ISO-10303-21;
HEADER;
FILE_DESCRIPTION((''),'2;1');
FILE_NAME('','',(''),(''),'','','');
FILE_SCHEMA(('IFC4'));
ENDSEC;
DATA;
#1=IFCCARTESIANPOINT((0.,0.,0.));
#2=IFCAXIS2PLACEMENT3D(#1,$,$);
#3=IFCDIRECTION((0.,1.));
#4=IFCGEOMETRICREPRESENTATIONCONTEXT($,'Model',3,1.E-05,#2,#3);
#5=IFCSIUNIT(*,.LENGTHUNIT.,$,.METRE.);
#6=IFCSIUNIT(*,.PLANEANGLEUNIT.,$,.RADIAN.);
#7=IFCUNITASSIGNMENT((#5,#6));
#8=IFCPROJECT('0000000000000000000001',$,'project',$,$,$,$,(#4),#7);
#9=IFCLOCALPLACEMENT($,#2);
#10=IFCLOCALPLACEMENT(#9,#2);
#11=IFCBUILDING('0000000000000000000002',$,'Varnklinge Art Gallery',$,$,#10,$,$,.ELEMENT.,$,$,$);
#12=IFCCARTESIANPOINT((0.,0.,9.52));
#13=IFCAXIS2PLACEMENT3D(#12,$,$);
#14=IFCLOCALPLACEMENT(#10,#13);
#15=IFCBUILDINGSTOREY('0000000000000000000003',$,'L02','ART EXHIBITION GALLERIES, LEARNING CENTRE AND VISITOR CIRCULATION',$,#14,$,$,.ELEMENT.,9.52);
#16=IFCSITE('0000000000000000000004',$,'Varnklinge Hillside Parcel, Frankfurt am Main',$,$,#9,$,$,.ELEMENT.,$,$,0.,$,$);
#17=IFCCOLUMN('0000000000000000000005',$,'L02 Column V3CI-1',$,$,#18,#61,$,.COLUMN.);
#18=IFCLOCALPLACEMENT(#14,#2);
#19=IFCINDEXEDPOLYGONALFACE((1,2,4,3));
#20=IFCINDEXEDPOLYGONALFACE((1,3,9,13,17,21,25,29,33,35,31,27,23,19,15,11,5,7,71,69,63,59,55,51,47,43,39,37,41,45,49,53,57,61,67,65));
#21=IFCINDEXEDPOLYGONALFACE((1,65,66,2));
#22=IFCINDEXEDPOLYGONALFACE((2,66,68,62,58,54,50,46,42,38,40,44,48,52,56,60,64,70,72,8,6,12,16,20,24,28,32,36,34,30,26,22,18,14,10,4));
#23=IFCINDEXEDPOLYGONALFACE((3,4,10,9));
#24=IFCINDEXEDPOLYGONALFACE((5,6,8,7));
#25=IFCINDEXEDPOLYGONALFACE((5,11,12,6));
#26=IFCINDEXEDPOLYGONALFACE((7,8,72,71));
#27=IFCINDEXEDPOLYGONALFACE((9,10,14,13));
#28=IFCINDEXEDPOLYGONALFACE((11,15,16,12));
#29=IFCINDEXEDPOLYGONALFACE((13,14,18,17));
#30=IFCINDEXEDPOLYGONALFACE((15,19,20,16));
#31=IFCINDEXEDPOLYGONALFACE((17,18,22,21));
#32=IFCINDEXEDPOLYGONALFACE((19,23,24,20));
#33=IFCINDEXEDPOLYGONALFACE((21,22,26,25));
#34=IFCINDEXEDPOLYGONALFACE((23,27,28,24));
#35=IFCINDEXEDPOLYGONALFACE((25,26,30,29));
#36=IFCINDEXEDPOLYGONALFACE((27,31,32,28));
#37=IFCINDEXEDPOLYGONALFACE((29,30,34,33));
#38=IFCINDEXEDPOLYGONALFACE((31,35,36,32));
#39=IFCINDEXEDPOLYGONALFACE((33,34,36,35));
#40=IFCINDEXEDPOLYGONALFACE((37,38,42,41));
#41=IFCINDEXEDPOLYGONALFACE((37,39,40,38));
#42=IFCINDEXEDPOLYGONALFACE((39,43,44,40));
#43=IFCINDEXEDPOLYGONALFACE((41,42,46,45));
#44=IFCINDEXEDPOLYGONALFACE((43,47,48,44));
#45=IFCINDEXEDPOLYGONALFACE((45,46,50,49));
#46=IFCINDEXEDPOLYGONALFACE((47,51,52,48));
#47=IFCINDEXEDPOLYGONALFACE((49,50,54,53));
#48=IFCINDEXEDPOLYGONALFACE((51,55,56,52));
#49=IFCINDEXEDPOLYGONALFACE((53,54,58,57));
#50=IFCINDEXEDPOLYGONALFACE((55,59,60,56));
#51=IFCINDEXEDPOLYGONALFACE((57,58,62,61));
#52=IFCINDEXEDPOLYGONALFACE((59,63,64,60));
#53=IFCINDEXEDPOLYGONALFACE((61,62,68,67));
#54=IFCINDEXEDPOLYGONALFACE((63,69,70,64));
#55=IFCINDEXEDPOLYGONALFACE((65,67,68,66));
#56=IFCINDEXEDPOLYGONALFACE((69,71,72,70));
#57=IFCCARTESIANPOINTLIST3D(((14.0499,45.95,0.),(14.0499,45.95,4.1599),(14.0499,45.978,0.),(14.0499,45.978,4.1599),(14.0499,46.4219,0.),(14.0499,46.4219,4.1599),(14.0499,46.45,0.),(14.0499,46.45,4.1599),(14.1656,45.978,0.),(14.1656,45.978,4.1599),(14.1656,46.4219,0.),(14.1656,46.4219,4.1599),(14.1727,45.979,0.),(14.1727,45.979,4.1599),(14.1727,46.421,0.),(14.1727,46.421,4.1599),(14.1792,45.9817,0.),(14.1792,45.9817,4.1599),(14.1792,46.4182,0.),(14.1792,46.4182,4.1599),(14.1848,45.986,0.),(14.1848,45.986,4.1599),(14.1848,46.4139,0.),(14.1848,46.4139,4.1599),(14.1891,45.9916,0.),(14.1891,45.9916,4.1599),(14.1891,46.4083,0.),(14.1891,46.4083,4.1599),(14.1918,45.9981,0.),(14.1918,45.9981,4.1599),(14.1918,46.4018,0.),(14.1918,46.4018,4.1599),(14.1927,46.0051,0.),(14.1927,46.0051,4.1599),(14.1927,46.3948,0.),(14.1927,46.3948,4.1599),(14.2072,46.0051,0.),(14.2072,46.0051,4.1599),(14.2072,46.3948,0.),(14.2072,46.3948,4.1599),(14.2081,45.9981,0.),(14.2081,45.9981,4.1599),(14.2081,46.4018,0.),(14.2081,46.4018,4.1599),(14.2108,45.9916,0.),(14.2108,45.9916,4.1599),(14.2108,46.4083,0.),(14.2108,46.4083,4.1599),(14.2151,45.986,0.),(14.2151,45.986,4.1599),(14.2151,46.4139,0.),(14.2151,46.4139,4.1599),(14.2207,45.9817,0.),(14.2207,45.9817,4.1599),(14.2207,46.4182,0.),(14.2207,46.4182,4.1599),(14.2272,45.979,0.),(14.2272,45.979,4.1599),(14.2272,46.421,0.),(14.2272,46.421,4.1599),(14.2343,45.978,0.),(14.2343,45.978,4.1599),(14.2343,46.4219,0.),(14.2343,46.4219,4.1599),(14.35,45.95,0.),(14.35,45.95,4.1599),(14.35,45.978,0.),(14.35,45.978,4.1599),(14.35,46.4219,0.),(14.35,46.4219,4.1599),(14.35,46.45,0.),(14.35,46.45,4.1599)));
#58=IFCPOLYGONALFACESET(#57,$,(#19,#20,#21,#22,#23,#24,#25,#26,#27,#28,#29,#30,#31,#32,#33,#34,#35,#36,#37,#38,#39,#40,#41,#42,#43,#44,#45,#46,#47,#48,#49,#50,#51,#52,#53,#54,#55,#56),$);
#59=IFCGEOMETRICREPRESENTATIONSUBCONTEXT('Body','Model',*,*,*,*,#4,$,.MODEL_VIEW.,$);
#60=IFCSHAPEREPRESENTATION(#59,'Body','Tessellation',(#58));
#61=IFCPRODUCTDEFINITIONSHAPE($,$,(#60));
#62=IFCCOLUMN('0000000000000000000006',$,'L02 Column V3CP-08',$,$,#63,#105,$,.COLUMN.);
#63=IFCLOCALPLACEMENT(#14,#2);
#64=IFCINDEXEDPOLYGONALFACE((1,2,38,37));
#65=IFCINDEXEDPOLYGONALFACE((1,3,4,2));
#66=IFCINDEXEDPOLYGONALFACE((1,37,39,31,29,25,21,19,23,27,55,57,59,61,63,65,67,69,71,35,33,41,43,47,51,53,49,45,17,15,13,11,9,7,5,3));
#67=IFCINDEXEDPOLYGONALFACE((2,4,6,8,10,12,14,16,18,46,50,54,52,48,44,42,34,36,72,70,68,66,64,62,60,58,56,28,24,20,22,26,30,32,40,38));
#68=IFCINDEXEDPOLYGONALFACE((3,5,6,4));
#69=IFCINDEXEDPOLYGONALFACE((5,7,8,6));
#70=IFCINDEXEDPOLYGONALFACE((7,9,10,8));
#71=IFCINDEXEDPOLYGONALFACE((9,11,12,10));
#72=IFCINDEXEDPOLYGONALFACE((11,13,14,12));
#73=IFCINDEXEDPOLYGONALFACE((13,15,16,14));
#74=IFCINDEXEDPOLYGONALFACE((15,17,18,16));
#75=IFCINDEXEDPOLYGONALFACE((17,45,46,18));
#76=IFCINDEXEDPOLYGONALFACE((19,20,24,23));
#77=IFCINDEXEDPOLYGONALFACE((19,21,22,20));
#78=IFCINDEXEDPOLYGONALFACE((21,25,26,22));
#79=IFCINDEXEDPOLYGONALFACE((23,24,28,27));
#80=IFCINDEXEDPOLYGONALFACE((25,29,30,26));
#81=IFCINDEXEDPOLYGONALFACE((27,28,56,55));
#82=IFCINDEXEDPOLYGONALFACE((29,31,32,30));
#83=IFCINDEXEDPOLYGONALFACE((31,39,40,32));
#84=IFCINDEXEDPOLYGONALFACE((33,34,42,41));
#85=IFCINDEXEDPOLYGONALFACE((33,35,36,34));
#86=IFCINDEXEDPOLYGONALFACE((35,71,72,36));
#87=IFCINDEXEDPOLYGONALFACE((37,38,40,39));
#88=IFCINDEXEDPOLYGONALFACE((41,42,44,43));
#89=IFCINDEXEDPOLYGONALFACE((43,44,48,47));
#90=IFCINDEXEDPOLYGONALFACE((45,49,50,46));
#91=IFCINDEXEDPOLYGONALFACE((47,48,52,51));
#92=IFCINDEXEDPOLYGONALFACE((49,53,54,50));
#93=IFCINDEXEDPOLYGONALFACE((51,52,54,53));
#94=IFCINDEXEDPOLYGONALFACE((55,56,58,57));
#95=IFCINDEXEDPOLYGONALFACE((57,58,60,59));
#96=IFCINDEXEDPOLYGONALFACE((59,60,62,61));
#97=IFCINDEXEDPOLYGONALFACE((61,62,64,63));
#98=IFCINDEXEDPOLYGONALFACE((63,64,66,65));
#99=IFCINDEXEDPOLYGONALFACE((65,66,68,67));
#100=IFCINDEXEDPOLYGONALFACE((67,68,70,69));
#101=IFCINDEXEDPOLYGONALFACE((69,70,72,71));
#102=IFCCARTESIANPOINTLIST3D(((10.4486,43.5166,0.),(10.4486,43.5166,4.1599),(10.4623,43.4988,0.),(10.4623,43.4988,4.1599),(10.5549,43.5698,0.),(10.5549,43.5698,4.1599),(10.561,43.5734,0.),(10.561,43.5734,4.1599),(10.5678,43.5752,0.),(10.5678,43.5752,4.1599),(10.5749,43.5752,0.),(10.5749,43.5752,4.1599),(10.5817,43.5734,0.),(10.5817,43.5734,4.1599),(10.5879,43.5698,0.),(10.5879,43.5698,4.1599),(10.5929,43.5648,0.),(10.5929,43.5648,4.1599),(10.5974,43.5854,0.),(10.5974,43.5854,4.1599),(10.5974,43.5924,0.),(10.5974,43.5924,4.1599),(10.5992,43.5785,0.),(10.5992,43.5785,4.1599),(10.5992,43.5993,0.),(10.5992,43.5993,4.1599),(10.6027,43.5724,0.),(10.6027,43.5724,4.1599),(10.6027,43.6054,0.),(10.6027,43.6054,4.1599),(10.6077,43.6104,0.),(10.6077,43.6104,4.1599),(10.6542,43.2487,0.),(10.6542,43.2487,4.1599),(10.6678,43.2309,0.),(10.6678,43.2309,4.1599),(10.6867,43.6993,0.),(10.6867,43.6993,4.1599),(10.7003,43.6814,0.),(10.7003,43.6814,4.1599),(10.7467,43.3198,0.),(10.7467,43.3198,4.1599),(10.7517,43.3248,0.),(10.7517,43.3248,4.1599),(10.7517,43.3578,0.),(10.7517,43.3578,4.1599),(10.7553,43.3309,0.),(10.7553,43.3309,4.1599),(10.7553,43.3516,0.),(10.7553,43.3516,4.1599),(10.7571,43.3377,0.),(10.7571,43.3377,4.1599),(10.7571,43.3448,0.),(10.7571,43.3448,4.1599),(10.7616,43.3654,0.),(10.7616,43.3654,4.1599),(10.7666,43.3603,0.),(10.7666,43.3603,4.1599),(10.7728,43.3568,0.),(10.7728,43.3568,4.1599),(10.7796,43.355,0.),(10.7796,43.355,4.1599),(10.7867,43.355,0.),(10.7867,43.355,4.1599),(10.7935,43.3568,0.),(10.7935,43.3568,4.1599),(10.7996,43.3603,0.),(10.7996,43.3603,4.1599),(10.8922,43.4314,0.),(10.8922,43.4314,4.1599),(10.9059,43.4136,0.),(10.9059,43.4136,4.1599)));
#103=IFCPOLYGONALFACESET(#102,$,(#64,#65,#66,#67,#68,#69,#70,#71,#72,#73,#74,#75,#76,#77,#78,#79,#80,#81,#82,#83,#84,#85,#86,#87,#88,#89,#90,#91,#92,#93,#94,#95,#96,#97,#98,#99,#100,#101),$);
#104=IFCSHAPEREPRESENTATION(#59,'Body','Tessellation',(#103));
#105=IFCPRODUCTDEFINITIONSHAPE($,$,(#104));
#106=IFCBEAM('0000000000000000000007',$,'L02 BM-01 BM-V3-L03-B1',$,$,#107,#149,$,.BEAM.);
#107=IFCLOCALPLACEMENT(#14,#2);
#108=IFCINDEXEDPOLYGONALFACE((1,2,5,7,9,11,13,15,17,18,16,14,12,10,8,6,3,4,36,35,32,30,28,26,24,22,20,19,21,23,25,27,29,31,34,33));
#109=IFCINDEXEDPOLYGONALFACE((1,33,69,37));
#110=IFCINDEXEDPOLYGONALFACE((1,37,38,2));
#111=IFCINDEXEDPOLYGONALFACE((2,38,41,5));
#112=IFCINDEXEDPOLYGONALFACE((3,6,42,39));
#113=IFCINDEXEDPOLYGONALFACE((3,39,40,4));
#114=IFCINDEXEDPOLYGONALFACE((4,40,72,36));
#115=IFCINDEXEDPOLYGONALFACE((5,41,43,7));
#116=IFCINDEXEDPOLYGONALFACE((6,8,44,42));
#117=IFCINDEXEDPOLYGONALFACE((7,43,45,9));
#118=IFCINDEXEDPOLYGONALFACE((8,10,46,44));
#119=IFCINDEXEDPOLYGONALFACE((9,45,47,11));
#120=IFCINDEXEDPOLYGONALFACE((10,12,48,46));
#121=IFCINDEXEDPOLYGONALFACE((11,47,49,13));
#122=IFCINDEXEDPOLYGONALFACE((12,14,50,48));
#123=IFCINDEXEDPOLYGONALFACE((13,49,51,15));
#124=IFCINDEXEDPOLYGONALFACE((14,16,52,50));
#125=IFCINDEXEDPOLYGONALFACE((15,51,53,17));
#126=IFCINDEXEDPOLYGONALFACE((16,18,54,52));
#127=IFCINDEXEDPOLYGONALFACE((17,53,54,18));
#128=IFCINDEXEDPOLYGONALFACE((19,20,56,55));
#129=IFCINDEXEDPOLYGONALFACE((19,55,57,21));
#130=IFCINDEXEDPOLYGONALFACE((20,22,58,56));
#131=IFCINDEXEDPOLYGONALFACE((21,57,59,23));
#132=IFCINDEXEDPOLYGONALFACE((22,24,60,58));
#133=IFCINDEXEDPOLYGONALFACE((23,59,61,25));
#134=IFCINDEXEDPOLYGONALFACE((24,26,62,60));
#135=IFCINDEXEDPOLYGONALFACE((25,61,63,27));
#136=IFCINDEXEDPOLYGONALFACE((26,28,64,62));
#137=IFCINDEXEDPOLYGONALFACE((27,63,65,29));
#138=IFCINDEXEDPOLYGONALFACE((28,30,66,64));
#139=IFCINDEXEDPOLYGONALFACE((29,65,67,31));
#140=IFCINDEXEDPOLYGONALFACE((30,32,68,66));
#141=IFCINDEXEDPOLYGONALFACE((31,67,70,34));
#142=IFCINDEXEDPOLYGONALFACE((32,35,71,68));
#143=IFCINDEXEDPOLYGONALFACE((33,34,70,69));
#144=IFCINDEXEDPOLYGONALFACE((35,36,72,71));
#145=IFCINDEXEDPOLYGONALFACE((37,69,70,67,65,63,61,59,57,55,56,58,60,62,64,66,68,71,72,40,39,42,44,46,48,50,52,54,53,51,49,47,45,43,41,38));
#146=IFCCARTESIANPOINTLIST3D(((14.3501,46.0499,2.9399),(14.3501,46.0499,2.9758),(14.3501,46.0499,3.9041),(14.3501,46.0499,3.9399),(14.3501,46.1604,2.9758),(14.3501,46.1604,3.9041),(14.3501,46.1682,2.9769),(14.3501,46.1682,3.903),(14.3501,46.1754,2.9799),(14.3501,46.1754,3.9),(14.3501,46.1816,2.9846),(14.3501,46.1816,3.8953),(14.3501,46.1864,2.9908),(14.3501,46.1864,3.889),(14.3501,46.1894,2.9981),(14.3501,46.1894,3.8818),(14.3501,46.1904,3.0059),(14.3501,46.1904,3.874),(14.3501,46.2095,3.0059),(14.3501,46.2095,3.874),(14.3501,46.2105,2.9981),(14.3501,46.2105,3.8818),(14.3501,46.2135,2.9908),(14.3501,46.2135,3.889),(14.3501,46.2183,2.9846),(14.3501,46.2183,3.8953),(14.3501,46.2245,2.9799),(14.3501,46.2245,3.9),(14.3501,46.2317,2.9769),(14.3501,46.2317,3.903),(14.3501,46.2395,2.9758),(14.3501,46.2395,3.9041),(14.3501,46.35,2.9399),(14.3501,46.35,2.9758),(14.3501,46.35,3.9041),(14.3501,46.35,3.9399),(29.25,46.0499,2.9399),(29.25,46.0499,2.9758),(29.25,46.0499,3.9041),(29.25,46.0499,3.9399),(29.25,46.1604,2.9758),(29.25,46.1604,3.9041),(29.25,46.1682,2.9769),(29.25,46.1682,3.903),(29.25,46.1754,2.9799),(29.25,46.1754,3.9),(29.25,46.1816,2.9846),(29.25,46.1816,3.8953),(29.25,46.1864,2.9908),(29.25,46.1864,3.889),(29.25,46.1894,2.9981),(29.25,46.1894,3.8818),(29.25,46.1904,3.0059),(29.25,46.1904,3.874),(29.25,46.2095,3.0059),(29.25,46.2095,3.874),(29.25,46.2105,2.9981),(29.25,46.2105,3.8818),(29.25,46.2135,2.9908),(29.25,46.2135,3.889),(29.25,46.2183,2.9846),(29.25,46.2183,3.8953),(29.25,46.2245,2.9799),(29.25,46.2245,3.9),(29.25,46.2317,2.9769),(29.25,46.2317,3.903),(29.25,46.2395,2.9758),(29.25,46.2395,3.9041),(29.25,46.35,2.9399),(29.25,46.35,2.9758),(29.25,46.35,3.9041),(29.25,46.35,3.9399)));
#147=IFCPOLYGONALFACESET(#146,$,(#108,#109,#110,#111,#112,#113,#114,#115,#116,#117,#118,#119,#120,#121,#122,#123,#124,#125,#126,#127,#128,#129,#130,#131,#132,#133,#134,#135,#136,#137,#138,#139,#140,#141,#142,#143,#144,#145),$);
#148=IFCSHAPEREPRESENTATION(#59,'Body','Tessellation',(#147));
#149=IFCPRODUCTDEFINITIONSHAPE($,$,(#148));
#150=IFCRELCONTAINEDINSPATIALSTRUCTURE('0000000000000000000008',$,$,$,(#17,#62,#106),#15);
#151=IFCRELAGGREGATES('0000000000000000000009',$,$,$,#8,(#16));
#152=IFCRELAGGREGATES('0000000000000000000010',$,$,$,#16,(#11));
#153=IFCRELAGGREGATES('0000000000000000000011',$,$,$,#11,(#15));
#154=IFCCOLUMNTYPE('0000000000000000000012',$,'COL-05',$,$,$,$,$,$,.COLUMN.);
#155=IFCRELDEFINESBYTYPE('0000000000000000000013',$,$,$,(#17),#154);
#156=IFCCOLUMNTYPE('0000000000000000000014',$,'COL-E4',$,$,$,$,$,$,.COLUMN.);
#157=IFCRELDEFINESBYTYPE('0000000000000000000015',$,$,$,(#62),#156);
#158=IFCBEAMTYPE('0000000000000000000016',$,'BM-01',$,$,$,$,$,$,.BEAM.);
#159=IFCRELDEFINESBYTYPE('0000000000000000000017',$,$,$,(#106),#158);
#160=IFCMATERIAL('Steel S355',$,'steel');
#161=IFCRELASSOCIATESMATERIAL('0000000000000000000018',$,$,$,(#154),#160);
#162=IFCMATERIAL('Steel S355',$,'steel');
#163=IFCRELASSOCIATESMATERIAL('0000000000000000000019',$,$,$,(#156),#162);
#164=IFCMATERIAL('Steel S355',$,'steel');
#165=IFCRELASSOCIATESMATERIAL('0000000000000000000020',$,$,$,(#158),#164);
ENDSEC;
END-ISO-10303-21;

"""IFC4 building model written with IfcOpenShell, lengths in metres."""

from ifc_helpers import new_model, si_unit, direction, frame, origin, origin_2d, place, context, subcontext, project, spatial, i_section, extrude, material, material_profile, profile_set, type_object, element, save


model = new_model("IFC4")

# Units and contexts
model_context = context("Model", 3, precision=1e-05, world=origin(), true_north=direction((0.0, 1.0)))
body_context = subcontext(model_context, "Body", "Model", "MODEL_VIEW")
ifc_project = project(units=[si_unit("LENGTHUNIT", "METRE"), si_unit("PLANEANGLEUNIT", "RADIAN")], contexts=[model_context])

# Site, building, storey
site_placement = place(None, origin())
site = spatial("IfcSite", under=ifc_project, at=site_placement, Name="Varnklinge Hillside Parcel, Frankfurt am Main", CompositionType="ELEMENT", RefElevation=0.0)
building_placement = place(site_placement, origin())
building = spatial("IfcBuilding", under=site, at=building_placement, Name="Varnklinge Art Gallery", CompositionType="ELEMENT")
storey_placement = place(building_placement, frame((0.0, 0.0, 9.52)))
storey = spatial("IfcBuildingStorey", under=building, at=storey_placement, Name="L02", Description="ART EXHIBITION GALLERIES, LEARNING CENTRE AND VISITOR CIRCULATION", CompositionType="ELEMENT", Elevation=9.52)

# Columns
ifc_material_1 = material(Name="Steel S355", Category="steel")
ifc_material_profile_1 = material_profile(ifc_material_1, i_section(OverallWidth=0.3, OverallDepth=0.5, WebThickness=0.0144, FlangeThickness=0.0281, FilletRadius=0.0271, at=origin_2d()), Name="HEB 500")
ifc_profile_set_1 = profile_set([ifc_material_profile_1], Name="Steel S355")
column_type_1 = type_object("IfcColumnType", Name="COL-05", PredefinedType="COLUMN", material=ifc_profile_set_1)
column_1_placement = place(storey_placement, frame((14.2, 46.2, 0.0), z_axis=(0.0, 0.0, 1.0), x_axis=(1.0, 0.0, 0.0)))
element("IfcColumn", 1, at=column_1_placement, inside=storey, type_object=column_type_1, Name="L02 Column V3CI-1", PredefinedType="COLUMN", context=body_context, shape_type="SweptSolid", body=[
    extrude(i_section(OverallWidth=0.3, OverallDepth=0.5, WebThickness=0.0144, FlangeThickness=0.0281, FilletRadius=0.0271, at=origin_2d()), origin(), (0.0, 0.0, 1.0), 4.1599),
])
ifc_material_2 = material(Name="Steel S355", Category="steel")
ifc_material_profile_2 = material_profile(ifc_material_2, i_section(OverallWidth=0.3, OverallDepth=0.3601, WebThickness=0.0125, FlangeThickness=0.0225, FilletRadius=0.0271, at=origin_2d()), Name="HEB 360")
ifc_profile_set_2 = profile_set([ifc_material_profile_2], Name="Steel S355")
column_type_2 = type_object("IfcColumnType", Name="COL-E4", PredefinedType="COLUMN", material=ifc_profile_set_2)
column_2_placement = place(storey_placement, frame((10.6772, 43.4651, 0.0), z_axis=(0.0, 0.0, 1.0), x_axis=(-0.793353, -0.608761, 0.0)))
element("IfcColumn", 2, at=column_2_placement, inside=storey, type_object=column_type_2, Name="L02 Column V3CP-08", PredefinedType="COLUMN", context=body_context, shape_type="SweptSolid", body=[
    extrude(i_section(OverallWidth=0.3, OverallDepth=0.3601, WebThickness=0.0125, FlangeThickness=0.0225, FilletRadius=0.0271, at=origin_2d()), origin(), (0.0, 0.0, 1.0), 4.1599),
])

# Beam
ifc_material_3 = material(Name="Steel S355", Category="steel")
ifc_material_profile_3 = material_profile(ifc_material_3, i_section(OverallWidth=0.3, OverallDepth=1.0, WebThickness=0.019, FlangeThickness=0.0359, FilletRadius=0.03, at=origin_2d()), Name="HEB 1000")
ifc_profile_set_3 = profile_set([ifc_material_profile_3], Name="Steel S355")
beam_type_1 = type_object("IfcBeamType", Name="BM-01", PredefinedType="BEAM", material=ifc_profile_set_3)
beam_1_placement = place(storey_placement, frame((14.3501, 46.2, 3.4399), z_axis=(1.0, 0.0, 0.0), x_axis=(0.0, 1.0, 0.0)))
element("IfcBeam", 3, at=beam_1_placement, inside=storey, type_object=beam_type_1, Name="L02 BM-01 BM-V3-L03-B1", PredefinedType="BEAM", context=body_context, shape_type="SweptSolid", body=[
    extrude(i_section(OverallWidth=0.3, OverallDepth=1.0, WebThickness=0.019, FlangeThickness=0.0359, FilletRadius=0.03, at=origin_2d()), origin(), (0.0, 0.0, 1.0), 14.8999),
])

save(model, "model.ifc")
